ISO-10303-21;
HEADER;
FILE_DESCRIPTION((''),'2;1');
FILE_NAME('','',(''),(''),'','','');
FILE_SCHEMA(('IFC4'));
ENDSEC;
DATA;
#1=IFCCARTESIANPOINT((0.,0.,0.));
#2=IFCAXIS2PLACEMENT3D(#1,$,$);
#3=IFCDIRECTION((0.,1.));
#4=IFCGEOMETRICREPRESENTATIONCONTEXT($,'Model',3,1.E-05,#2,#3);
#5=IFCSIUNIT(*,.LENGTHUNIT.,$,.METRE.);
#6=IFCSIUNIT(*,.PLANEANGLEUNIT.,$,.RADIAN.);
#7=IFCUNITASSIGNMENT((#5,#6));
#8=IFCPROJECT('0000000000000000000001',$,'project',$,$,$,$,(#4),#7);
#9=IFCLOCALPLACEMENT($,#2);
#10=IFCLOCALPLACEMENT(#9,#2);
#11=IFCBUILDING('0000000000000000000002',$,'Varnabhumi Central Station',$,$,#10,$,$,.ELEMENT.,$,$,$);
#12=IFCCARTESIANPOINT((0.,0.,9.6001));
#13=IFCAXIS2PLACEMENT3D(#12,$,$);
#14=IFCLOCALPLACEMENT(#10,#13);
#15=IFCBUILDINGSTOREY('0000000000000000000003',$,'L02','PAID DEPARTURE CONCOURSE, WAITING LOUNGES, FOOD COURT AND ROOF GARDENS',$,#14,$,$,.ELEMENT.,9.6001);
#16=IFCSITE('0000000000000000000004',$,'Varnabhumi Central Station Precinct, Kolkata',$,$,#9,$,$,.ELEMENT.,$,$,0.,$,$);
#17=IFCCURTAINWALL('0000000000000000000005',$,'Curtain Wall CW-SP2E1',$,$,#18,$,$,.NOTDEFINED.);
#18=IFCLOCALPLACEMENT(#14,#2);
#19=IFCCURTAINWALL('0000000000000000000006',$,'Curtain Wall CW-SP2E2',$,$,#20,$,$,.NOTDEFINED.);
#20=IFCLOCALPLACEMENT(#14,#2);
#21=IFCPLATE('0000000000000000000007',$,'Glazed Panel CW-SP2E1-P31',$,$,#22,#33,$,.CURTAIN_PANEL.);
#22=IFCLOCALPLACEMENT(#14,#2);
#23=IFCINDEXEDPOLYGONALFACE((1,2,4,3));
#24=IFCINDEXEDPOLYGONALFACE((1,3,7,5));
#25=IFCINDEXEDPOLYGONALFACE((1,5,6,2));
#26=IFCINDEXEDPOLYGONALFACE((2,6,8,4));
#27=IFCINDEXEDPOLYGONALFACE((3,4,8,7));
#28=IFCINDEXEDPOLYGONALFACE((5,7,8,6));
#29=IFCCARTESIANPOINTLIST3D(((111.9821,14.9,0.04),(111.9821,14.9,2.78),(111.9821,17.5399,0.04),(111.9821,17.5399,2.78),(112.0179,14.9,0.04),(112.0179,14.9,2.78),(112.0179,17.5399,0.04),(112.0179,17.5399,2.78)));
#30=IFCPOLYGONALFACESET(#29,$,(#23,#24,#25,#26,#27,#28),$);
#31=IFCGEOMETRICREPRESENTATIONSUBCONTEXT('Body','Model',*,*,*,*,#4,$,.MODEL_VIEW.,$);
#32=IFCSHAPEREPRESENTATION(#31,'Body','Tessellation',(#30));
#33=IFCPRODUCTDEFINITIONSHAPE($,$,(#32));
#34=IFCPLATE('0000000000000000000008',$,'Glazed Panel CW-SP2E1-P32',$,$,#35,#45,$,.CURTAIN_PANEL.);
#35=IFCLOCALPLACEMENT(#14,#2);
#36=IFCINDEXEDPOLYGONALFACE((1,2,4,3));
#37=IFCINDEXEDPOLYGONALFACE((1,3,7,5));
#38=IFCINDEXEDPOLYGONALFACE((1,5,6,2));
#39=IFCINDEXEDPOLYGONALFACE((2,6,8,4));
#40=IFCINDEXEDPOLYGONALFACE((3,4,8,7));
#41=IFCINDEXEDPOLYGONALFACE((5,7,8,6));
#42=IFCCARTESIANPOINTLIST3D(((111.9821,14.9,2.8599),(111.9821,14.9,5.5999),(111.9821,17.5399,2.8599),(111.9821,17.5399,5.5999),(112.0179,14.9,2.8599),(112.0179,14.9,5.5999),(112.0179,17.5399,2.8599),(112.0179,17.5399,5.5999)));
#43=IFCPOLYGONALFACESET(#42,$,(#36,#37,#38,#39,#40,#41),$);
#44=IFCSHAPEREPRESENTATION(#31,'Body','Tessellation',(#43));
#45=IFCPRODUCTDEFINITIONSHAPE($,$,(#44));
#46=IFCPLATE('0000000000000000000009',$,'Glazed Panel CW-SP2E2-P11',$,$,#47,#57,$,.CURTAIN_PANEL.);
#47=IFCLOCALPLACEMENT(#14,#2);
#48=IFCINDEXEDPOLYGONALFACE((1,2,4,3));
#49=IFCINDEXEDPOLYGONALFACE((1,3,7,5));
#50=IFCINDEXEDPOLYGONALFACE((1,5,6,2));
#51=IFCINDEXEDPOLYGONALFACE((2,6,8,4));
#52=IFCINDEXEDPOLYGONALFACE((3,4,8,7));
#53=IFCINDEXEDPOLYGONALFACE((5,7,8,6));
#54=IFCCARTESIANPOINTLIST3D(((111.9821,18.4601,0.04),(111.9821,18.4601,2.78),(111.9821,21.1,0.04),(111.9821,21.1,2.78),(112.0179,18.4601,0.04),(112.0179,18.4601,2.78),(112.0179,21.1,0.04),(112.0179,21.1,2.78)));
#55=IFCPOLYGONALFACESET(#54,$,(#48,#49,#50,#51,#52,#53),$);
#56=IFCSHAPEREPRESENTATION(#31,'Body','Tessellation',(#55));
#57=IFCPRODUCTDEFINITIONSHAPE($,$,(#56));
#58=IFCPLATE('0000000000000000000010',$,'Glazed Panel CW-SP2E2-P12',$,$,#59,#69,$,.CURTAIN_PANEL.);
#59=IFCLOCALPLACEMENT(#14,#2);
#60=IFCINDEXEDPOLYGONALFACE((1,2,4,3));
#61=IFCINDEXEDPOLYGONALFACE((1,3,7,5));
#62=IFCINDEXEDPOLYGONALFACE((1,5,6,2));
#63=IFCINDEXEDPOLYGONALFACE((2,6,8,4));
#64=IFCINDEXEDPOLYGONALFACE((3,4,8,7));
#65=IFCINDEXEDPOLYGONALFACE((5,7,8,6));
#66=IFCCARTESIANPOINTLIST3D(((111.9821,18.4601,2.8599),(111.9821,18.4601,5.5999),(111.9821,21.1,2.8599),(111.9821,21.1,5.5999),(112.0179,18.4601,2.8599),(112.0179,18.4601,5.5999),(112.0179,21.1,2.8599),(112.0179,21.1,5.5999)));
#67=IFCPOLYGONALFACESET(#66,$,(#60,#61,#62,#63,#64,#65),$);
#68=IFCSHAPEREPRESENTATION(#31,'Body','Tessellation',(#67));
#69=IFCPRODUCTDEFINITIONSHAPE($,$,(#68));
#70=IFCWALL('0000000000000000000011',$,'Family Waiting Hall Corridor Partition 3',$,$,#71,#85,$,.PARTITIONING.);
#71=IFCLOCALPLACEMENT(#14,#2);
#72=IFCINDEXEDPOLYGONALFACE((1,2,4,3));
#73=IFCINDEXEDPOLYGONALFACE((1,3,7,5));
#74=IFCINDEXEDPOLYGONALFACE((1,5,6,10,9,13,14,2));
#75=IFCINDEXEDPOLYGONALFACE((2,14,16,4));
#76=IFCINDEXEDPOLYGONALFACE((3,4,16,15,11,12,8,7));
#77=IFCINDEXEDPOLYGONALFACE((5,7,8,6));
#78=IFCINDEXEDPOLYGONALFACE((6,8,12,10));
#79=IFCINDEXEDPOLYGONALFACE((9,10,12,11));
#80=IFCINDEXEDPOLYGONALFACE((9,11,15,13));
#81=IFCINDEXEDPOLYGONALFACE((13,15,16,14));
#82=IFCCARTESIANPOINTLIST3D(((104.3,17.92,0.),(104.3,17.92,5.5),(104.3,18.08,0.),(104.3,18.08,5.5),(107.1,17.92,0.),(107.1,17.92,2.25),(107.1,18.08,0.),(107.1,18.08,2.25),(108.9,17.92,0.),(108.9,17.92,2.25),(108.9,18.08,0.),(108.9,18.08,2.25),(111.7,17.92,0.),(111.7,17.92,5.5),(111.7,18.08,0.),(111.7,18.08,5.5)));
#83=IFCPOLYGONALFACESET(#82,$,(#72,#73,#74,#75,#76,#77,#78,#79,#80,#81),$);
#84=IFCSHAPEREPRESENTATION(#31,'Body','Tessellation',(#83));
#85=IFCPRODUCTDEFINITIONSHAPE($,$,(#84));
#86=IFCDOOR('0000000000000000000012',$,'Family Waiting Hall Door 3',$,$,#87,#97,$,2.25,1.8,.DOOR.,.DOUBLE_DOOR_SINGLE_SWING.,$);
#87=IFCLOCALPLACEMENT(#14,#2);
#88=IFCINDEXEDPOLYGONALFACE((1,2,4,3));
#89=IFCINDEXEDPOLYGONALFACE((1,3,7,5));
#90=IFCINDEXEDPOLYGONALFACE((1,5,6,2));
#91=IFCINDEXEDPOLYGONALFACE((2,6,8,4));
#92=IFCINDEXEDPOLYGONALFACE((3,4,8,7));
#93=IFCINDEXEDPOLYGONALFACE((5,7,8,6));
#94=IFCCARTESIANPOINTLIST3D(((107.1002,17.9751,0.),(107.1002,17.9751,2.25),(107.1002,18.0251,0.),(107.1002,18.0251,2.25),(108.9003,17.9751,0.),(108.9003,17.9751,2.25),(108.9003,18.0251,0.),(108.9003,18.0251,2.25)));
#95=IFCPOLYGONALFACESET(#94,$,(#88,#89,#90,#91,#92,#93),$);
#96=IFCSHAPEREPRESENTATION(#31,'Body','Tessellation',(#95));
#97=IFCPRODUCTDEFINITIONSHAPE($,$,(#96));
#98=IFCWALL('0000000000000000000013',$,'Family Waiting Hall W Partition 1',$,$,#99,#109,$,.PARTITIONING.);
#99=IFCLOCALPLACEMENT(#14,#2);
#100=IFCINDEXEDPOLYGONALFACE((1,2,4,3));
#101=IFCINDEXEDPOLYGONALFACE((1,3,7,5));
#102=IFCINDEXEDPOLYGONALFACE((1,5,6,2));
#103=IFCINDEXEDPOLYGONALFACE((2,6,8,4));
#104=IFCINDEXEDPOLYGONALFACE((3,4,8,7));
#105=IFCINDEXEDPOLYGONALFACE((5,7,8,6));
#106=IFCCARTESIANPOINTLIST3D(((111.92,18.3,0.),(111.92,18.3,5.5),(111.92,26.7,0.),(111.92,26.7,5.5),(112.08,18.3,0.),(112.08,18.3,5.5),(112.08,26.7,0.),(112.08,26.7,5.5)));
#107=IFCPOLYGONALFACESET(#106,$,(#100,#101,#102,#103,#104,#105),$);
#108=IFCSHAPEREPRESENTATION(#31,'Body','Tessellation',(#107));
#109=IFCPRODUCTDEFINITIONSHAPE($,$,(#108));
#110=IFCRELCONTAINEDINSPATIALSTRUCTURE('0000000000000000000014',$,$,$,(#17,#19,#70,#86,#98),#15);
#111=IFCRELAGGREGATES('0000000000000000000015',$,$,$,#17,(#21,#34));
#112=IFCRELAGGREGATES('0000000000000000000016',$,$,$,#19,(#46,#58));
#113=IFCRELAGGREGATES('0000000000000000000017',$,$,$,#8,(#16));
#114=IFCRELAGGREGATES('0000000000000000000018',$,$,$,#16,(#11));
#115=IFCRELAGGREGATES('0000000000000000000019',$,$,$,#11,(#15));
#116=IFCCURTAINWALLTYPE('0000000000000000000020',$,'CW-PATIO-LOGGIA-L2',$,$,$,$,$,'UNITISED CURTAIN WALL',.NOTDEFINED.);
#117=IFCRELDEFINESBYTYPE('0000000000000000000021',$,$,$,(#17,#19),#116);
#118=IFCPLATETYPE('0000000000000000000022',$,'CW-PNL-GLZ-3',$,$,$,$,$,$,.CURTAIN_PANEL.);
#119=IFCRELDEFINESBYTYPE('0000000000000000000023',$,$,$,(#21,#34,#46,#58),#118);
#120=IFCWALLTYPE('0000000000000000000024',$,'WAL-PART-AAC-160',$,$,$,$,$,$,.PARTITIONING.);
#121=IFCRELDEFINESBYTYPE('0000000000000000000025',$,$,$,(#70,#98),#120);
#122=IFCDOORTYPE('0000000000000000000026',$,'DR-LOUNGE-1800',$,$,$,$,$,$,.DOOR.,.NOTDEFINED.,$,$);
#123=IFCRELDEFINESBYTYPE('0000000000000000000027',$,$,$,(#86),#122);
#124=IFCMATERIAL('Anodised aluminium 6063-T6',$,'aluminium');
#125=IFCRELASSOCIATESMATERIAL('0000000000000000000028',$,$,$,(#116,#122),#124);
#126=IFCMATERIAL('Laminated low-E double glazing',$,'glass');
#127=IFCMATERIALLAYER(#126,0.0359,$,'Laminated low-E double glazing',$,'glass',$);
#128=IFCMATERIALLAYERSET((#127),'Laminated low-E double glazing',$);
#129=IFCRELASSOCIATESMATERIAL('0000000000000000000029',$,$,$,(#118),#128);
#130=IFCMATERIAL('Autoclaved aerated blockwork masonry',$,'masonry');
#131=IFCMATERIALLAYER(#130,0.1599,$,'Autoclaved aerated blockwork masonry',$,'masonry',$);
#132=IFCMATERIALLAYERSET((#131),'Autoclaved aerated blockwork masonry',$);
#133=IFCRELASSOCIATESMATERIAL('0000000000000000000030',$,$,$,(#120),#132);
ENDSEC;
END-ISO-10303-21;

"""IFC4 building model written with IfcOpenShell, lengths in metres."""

from ifc_helpers import new_model, si_unit, direction, frame, frame_2d, origin, origin_2d, place, context, subcontext, project, spatial, rectangle, extrude, material, layer, layer_set, type_object, element, fill, aggregate, save


model = new_model("IFC4")

# Units and contexts
model_context = context("Model", 3, precision=1e-05, world=origin(), true_north=direction((0.0, 1.0)))
body_context = subcontext(model_context, "Body", "Model", "MODEL_VIEW")
ifc_project = project(units=[si_unit("LENGTHUNIT", "METRE"), si_unit("PLANEANGLEUNIT", "RADIAN")], contexts=[model_context])

# Site, building, storey
site_placement = place(None, origin())
site = spatial("IfcSite", under=ifc_project, at=site_placement, Name="Varnabhumi Central Station Precinct, Kolkata", CompositionType="ELEMENT", RefElevation=0.0)
building_placement = place(site_placement, origin())
building = spatial("IfcBuilding", under=site, at=building_placement, Name="Varnabhumi Central Station", CompositionType="ELEMENT")
storey_placement = place(building_placement, frame((0.0, 0.0, 9.6001)))
storey = spatial("IfcBuildingStorey", under=building, at=storey_placement, Name="L02", Description="PAID DEPARTURE CONCOURSE, WAITING LOUNGES, FOOD COURT AND ROOF GARDENS", CompositionType="ELEMENT", Elevation=9.6001)

# Curtain wall
ifc_material_1 = material(Name="Anodised aluminium 6063-T6", Category="aluminium")
curtain_wall_type = type_object("IfcCurtainWallType", Name="CW-PATIO-LOGGIA-L2", ElementType="UNITISED CURTAIN WALL", PredefinedType="NOTDEFINED", material=ifc_material_1)
curtain_wall_1_placement = place(storey_placement, origin())
curtain_wall_1 = element("IfcCurtainWall", 1, at=curtain_wall_1_placement, inside=storey, type_object=curtain_wall_type, Name="Curtain Wall CW-SP2E1", PredefinedType="NOTDEFINED")

# Curtain wall
curtain_wall_2_placement = place(storey_placement, origin())
curtain_wall_2 = element("IfcCurtainWall", 2, at=curtain_wall_2_placement, inside=storey, type_object=curtain_wall_type, Name="Curtain Wall CW-SP2E2", PredefinedType="NOTDEFINED")

# Plates
ifc_material_2 = material(Name="Laminated low-E double glazing", Category="glass")
ifc_layer_1 = layer(ifc_material_2, 0.0359, Name="Laminated low-E double glazing", Category="glass")
ifc_layer_set_1 = layer_set([ifc_layer_1], Name="Laminated low-E double glazing")
plate_type = type_object("IfcPlateType", Name="CW-PNL-GLZ-3", PredefinedType="CURTAIN_PANEL", material=ifc_layer_set_1)
plate_1_placement = place(storey_placement, frame((112.0, 16.22, 0.04), z_axis=(0.0, 0.0, 1.0), x_axis=(0.0, 1.0, 0.0)))
plate_1 = element("IfcPlate", 3, at=plate_1_placement, type_object=plate_type, Name="Glazed Panel CW-SP2E1-P31", PredefinedType="CURTAIN_PANEL", context=body_context, shape_type="SweptSolid", body=[
    extrude(rectangle(XDim=2.6399, YDim=0.0359, at=origin_2d()), origin(), (0.0, 0.0, 1.0), 2.74),
])
plate_2_placement = place(storey_placement, frame((112.0, 16.22, 2.8599), z_axis=(0.0, 0.0, 1.0), x_axis=(0.0, 1.0, 0.0)))
plate_2 = element("IfcPlate", 4, at=plate_2_placement, type_object=plate_type, Name="Glazed Panel CW-SP2E1-P32", PredefinedType="CURTAIN_PANEL", context=body_context, shape_type="SweptSolid", body=[
    extrude(rectangle(XDim=2.6399, YDim=0.0359, at=origin_2d()), origin(), (0.0, 0.0, 1.0), 2.74),
])
aggregate(curtain_wall_1, [plate_1, plate_2])
plate_3_placement = place(storey_placement, frame((112.0, 19.78, 0.04), z_axis=(0.0, 0.0, 1.0), x_axis=(0.0, 1.0, 0.0)))
plate_3 = element("IfcPlate", 5, at=plate_3_placement, type_object=plate_type, Name="Glazed Panel CW-SP2E2-P11", PredefinedType="CURTAIN_PANEL", context=body_context, shape_type="SweptSolid", body=[
    extrude(rectangle(XDim=2.6399, YDim=0.0359, at=origin_2d()), origin(), (0.0, 0.0, 1.0), 2.74),
])
plate_4_placement = place(storey_placement, frame((112.0, 19.78, 2.8599), z_axis=(0.0, 0.0, 1.0), x_axis=(0.0, 1.0, 0.0)))
plate_4 = element("IfcPlate", 6, at=plate_4_placement, type_object=plate_type, Name="Glazed Panel CW-SP2E2-P12", PredefinedType="CURTAIN_PANEL", context=body_context, shape_type="SweptSolid", body=[
    extrude(rectangle(XDim=2.6399, YDim=0.0359, at=origin_2d()), origin(), (0.0, 0.0, 1.0), 2.74),
])
aggregate(curtain_wall_2, [plate_3, plate_4])

# Wall, opening, door
ifc_material_3 = material(Name="Autoclaved aerated blockwork masonry", Category="masonry")
ifc_layer_2 = layer(ifc_material_3, 0.1599, Name="Autoclaved aerated blockwork masonry", Category="masonry")
ifc_layer_set_2 = layer_set([ifc_layer_2], Name="Autoclaved aerated blockwork masonry")
wall_type = type_object("IfcWallType", Name="WAL-PART-AAC-160", PredefinedType="PARTITIONING", material=ifc_layer_set_2)
wall_1_placement = place(storey_placement, frame((104.3, 18.0, 0.0), z_axis=(0.0, 0.0, 1.0), x_axis=(1.0, 0.0, 0.0)))
wall_1 = element("IfcWall", 7, at=wall_1_placement, inside=storey, type_object=wall_type, Name="Family Waiting Hall Corridor Partition 3", PredefinedType="PARTITIONING", context=body_context, shape_type="SweptSolid", body=[
    extrude(rectangle(XDim=7.3999, YDim=0.1599, at=frame_2d((3.7, 0.0))), origin(), (0.0, 0.0, 1.0), 5.5),
])
opening_placement = place(wall_1_placement, frame((2.8, 0.0, 0.0)))
opening = element("IfcOpeningElement", 8, at=opening_placement, cuts=wall_1, PredefinedType="OPENING", context=body_context, shape_type="SweptSolid", body=[
    extrude(rectangle(XDim=1.8, YDim=2.25, at=frame_2d((0.8999, 1.125))), frame((0.0, 0.0898, 0.0), z_axis=(0.0, -1.0, 0.0), x_axis=(1.0, 0.0, 0.0)), (0.0, 0.0, 1.0), 0.1799),
])
door_type = type_object("IfcDoorType", Name="DR-LOUNGE-1800", OperationType="NOTDEFINED", PredefinedType="DOOR", material=ifc_material_1)
door_placement = place(opening_placement, frame((1.8, 0.0, 0.0), z_axis=(0.0, 0.0, 1.0), x_axis=(-1.0, 0.0, 0.0)))
door = element("IfcDoor", 9, at=door_placement, inside=storey, type_object=door_type, Name="Family Waiting Hall Door 3", OperationType="DOUBLE_DOOR_SINGLE_SWING", OverallHeight=2.25, OverallWidth=1.8, PredefinedType="DOOR", context=body_context, shape_type="SweptSolid", body=[
    extrude(rectangle(XDim=1.8, YDim=2.25, at=frame_2d((0.8999, 1.125))), frame((0.0, 0.0249, 0.0), z_axis=(0.0, -1.0, 0.0), x_axis=(1.0, 0.0, 0.0)), (0.0, 0.0, 1.0), 0.05),
])
fill(opening, door)

# Wall
wall_2_placement = place(storey_placement, frame((112.0, 18.3, 0.0), z_axis=(0.0, 0.0, 1.0), x_axis=(0.0, 1.0, 0.0)))
element("IfcWall", 10, at=wall_2_placement, inside=storey, type_object=wall_type, Name="Family Waiting Hall W Partition 1", PredefinedType="PARTITIONING", context=body_context, shape_type="SweptSolid", body=[
    extrude(rectangle(XDim=8.3999, YDim=0.1599, at=frame_2d((4.2, 0.0))), origin(), (0.0, 0.0, 1.0), 5.5),
])

save(model, "model.ifc")
